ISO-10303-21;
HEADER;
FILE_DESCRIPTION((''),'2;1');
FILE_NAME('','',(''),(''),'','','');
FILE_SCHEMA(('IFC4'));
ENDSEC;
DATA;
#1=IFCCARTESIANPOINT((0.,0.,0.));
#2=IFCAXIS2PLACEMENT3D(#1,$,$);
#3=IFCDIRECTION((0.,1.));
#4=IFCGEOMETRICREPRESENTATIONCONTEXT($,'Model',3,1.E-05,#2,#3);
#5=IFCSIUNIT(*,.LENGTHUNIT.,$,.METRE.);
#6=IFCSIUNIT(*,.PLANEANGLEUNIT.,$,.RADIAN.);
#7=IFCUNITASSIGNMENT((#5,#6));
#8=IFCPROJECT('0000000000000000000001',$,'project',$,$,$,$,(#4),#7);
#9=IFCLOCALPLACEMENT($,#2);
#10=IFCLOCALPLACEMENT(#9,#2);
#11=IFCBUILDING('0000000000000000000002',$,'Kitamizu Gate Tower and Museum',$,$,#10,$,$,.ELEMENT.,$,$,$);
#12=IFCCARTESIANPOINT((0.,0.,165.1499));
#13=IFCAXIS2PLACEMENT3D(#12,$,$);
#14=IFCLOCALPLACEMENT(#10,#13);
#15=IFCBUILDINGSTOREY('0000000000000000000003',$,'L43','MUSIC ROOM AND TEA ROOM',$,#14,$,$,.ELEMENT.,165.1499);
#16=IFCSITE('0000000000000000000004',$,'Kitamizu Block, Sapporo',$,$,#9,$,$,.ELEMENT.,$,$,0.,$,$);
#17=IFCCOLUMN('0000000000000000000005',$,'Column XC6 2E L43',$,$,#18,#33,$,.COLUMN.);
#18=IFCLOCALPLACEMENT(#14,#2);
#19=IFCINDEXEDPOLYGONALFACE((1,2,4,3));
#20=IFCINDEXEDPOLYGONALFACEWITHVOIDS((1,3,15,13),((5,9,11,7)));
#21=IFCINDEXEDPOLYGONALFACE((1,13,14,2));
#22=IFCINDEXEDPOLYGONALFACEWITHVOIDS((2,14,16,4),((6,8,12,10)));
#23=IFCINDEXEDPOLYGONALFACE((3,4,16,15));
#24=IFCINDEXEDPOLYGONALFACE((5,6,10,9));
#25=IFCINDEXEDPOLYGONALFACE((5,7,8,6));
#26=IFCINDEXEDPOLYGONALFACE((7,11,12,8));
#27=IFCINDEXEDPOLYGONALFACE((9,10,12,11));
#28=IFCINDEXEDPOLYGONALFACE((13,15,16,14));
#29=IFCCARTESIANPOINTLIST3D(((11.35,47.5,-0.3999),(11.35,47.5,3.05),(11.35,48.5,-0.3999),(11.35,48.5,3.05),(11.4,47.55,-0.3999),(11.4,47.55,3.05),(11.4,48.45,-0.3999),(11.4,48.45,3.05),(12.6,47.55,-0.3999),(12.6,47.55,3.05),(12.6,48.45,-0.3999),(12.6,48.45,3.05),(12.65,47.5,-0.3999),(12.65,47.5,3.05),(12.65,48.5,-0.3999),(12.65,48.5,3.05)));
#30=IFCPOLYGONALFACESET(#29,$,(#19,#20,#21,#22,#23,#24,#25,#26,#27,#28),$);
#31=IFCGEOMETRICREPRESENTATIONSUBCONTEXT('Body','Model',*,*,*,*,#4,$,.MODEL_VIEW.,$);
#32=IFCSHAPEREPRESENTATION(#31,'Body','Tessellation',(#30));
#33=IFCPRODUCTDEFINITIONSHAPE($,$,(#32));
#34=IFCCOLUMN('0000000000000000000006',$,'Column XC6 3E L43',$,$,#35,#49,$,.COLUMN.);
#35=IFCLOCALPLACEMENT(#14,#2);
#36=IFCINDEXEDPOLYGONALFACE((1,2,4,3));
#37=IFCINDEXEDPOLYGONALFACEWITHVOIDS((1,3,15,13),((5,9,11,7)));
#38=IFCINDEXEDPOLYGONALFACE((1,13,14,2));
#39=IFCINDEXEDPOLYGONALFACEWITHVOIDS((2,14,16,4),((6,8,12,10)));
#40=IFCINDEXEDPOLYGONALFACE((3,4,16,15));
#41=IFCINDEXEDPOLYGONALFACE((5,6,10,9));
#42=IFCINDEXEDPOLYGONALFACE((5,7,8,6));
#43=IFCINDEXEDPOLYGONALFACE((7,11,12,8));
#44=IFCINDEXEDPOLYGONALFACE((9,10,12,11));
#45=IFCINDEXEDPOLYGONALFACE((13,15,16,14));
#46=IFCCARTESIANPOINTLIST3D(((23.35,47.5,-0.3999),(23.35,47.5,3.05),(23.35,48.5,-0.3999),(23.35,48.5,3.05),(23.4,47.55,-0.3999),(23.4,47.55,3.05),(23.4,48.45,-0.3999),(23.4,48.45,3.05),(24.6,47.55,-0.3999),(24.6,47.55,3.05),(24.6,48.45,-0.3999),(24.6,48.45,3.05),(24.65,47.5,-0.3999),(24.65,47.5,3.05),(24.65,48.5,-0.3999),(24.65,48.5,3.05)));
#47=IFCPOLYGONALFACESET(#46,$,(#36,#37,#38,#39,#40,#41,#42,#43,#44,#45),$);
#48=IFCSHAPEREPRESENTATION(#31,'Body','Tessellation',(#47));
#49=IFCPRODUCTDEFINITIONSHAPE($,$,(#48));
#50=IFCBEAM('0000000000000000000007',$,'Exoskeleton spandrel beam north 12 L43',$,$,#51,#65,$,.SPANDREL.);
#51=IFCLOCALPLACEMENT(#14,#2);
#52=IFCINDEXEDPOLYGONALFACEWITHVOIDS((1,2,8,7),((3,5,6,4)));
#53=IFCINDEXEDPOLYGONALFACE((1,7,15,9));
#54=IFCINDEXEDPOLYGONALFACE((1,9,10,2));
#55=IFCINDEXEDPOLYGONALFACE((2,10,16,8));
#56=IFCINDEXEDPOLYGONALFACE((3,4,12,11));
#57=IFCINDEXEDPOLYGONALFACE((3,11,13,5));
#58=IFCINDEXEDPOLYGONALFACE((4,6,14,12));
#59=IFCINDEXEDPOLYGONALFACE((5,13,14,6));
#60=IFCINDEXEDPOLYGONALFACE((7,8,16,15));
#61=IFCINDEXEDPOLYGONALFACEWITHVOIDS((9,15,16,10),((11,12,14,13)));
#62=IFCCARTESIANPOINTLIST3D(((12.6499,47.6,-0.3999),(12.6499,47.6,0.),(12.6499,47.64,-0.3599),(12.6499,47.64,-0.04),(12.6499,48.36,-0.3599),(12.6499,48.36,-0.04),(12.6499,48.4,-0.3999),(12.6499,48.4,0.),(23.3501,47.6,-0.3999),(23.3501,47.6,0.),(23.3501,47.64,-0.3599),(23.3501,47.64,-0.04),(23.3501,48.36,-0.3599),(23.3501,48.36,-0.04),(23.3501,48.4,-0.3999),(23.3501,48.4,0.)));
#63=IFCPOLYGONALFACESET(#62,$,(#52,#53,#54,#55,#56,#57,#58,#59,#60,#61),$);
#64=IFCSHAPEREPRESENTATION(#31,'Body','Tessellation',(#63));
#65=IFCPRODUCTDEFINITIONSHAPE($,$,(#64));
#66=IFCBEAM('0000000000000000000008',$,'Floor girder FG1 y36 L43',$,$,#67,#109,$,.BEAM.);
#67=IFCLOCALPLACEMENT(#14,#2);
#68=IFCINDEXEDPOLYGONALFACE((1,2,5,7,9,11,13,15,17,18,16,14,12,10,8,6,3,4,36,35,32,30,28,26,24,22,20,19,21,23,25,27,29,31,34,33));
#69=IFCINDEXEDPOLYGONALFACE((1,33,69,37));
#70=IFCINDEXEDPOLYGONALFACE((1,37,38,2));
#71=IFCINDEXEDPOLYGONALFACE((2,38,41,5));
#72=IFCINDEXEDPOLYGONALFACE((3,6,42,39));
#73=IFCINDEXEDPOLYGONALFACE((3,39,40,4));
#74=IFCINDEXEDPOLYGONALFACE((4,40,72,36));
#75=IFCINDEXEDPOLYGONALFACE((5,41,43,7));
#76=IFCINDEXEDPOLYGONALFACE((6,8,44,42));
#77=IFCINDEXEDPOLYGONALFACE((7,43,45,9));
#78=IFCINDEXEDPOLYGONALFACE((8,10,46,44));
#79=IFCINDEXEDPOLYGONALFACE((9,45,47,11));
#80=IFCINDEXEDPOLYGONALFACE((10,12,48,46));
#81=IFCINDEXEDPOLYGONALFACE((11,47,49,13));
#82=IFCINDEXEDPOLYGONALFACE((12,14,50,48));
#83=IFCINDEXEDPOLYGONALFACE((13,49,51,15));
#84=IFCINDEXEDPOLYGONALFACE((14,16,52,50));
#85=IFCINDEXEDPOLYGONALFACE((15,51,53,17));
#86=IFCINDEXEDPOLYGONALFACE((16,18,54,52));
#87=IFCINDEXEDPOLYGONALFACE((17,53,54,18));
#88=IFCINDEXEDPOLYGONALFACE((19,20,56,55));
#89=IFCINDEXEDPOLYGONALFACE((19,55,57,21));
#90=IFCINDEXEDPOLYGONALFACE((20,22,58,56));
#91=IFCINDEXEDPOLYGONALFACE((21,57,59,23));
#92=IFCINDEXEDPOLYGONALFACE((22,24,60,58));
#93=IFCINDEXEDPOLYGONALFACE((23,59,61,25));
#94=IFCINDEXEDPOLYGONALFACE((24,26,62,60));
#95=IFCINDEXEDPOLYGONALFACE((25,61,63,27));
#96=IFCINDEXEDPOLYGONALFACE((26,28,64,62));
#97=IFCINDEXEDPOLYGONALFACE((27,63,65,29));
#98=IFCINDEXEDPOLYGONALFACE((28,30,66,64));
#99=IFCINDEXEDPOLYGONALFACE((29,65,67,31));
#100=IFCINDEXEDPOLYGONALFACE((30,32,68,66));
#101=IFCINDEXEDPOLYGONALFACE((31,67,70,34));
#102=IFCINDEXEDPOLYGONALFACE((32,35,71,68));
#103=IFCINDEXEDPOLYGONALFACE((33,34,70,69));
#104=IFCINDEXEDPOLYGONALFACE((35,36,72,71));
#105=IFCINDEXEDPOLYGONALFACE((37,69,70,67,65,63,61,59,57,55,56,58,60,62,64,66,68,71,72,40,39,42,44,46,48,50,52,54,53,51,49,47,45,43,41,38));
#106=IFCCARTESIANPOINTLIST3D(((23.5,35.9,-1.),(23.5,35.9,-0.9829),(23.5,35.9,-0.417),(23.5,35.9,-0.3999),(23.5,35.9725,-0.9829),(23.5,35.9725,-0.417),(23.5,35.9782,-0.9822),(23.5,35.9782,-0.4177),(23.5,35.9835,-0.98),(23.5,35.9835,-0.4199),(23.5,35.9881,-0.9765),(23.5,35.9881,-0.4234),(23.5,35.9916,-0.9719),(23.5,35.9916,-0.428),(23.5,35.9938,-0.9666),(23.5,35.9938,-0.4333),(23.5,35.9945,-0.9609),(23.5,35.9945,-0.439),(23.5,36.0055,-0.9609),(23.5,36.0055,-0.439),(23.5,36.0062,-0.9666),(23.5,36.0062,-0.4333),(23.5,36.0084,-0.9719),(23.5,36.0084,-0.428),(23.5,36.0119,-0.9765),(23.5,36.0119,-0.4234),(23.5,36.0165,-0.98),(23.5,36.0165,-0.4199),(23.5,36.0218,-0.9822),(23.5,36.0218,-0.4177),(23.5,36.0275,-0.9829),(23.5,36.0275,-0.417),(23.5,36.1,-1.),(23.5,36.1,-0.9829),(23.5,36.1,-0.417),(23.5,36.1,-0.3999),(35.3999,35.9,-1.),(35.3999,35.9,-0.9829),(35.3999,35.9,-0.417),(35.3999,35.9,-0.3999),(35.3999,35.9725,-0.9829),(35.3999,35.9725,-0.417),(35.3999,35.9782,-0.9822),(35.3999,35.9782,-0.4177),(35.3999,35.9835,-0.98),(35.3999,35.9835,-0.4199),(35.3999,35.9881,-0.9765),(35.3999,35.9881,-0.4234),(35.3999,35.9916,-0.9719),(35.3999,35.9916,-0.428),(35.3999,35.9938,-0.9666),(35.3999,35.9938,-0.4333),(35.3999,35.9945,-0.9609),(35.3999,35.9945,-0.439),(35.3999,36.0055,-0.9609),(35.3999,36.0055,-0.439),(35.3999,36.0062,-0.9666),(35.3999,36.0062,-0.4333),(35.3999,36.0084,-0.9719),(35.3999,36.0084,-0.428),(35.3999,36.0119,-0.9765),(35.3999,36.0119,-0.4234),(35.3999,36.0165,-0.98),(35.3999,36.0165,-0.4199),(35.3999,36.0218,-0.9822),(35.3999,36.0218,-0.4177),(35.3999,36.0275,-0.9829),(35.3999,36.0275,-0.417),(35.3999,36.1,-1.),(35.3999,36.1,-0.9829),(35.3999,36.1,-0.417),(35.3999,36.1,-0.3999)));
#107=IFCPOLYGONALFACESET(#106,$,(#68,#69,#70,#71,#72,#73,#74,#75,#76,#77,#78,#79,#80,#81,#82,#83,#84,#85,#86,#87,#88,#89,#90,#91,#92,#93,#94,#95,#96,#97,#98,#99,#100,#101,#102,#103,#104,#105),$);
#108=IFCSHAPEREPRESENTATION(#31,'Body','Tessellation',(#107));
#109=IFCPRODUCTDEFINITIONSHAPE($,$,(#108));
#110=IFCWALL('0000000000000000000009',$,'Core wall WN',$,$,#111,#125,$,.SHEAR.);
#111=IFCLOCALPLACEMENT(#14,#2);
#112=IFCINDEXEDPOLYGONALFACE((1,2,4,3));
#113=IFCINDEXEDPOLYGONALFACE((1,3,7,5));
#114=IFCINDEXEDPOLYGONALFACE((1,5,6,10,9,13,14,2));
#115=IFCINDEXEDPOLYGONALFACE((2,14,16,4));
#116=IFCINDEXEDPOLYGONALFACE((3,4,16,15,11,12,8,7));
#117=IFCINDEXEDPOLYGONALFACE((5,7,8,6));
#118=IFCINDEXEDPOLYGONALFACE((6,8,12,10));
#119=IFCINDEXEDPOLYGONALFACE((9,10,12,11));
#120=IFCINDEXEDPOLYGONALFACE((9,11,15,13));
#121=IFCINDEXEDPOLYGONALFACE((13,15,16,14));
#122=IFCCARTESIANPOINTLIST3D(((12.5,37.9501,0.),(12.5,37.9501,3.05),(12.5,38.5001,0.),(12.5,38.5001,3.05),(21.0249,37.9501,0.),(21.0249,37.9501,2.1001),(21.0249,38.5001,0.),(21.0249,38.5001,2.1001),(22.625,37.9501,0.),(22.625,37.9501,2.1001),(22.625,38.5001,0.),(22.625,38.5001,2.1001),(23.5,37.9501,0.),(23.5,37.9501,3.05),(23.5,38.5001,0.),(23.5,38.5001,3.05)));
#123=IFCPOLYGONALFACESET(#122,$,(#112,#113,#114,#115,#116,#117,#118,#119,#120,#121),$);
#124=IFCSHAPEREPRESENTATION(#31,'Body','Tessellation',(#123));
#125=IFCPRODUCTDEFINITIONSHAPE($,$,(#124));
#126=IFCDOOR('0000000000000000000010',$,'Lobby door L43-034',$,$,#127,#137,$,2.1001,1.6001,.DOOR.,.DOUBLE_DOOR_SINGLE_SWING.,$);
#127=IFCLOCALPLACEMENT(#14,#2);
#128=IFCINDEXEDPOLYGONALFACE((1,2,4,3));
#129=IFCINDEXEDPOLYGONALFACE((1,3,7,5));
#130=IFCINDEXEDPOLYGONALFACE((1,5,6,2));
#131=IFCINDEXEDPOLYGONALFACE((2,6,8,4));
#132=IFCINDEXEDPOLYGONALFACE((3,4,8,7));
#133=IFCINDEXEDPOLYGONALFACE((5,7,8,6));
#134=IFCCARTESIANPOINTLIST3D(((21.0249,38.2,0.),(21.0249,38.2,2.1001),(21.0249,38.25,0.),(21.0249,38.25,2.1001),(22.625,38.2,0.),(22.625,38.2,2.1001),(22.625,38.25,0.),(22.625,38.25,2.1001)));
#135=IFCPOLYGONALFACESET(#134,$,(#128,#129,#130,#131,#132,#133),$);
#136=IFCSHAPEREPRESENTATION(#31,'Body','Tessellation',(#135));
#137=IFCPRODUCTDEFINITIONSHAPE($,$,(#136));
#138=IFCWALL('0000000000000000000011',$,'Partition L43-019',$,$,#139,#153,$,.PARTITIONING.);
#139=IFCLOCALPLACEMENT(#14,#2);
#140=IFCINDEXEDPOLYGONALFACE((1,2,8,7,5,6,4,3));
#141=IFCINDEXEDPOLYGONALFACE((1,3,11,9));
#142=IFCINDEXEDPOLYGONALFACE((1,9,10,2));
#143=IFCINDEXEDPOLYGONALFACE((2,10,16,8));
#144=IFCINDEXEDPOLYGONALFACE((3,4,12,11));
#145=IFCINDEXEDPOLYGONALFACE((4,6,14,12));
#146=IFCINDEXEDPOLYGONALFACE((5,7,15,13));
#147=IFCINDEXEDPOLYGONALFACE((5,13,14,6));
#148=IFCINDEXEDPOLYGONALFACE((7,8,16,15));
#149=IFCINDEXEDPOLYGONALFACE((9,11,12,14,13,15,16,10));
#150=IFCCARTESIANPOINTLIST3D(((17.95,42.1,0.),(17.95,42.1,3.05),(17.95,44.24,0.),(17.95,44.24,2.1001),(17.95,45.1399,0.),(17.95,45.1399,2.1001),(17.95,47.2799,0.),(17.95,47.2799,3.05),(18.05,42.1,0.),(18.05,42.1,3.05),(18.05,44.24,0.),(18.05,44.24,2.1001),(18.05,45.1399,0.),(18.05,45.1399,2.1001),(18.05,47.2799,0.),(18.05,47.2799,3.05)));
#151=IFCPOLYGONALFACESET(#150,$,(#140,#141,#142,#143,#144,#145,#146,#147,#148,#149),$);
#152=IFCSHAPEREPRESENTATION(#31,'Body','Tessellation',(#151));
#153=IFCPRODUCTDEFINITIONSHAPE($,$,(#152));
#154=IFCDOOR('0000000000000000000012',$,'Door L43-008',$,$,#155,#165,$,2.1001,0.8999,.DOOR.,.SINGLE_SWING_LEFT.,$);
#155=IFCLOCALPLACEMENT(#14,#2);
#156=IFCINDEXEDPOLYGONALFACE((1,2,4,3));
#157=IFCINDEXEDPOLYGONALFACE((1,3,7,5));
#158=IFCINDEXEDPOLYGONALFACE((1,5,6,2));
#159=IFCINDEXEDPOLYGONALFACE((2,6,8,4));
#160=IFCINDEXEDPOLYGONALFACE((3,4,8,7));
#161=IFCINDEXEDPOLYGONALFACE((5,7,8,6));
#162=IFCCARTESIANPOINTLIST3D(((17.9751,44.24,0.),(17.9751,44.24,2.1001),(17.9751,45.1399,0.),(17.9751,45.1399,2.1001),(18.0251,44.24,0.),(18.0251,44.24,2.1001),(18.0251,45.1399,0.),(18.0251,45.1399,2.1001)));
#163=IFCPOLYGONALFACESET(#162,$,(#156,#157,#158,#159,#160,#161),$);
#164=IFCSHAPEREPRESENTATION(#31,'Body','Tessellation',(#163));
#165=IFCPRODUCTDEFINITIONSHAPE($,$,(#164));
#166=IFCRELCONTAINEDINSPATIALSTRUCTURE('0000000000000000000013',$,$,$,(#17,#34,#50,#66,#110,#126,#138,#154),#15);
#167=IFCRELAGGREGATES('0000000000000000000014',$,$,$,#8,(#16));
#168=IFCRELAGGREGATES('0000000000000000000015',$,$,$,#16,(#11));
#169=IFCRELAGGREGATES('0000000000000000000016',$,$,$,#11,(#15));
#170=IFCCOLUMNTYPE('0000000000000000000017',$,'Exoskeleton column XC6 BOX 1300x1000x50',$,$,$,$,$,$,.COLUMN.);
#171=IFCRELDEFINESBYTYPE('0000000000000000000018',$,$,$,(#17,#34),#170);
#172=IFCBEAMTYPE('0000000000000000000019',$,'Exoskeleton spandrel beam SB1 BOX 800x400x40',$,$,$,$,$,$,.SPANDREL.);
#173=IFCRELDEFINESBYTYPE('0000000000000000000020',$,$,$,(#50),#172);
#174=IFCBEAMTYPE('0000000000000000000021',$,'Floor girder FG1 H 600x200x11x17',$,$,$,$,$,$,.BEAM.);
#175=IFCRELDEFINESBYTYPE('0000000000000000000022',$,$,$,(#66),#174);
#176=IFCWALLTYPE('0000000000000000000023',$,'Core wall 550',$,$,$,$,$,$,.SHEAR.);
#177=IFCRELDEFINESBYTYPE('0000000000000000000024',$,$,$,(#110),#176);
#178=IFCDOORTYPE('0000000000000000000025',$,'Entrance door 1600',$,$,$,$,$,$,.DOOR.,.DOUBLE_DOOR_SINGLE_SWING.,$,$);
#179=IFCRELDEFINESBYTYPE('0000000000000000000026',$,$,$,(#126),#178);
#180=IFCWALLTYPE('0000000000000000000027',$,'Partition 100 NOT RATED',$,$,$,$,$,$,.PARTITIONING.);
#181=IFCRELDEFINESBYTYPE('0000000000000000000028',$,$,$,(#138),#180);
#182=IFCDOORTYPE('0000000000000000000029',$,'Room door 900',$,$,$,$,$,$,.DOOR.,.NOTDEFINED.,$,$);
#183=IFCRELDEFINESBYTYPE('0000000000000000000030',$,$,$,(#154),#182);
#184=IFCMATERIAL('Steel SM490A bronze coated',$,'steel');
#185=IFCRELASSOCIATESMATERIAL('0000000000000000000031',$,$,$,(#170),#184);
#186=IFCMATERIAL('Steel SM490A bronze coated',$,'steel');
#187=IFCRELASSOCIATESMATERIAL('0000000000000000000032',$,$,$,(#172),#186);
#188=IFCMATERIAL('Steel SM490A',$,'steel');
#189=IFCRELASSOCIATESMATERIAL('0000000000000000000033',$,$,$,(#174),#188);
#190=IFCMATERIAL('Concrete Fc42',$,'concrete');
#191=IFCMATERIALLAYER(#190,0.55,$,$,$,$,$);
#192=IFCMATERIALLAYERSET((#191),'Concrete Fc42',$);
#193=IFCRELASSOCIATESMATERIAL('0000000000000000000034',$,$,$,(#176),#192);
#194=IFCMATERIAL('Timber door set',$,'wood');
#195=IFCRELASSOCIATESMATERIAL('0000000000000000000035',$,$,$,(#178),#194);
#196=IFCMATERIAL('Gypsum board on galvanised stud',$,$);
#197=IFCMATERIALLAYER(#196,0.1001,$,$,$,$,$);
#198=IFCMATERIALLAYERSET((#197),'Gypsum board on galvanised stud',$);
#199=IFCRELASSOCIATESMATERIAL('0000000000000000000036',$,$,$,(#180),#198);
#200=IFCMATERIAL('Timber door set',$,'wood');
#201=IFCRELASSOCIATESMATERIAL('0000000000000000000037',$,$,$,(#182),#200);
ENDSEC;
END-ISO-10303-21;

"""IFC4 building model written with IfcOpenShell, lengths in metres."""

from ifc_helpers import new_model, si_unit, direction, frame, frame_2d, origin, origin_2d, place, context, subcontext, project, spatial, rectangle, hollow_rectangle, i_section, extrude, material, layer, layer_set, material_profile, profile_set, type_object, element, fill, save


model = new_model("IFC4")

# Units and contexts
model_context = context("Model", 3, precision=1e-05, world=origin(), true_north=direction((0.0, 1.0)))
body_context = subcontext(model_context, "Body", "Model", "MODEL_VIEW")
ifc_project = project(units=[si_unit("LENGTHUNIT", "METRE"), si_unit("PLANEANGLEUNIT", "RADIAN")], contexts=[model_context])

# Site, building, storey
site_placement = place(None, origin())
site = spatial("IfcSite", under=ifc_project, at=site_placement, Name="Kitamizu Block, Sapporo", CompositionType="ELEMENT", RefElevation=0.0)
building_placement = place(site_placement, origin())
building = spatial("IfcBuilding", under=site, at=building_placement, Name="Kitamizu Gate Tower and Museum", CompositionType="ELEMENT")
storey_placement = place(building_placement, frame((0.0, 0.0, 165.1499)))
storey = spatial("IfcBuildingStorey", under=building, at=storey_placement, Name="L43", Description="MUSIC ROOM AND TEA ROOM", CompositionType="ELEMENT", Elevation=165.1499)

# Columns
ifc_material_1 = material(Name="Steel SM490A bronze coated", Category="steel")
ifc_material_profile_1 = material_profile(ifc_material_1, hollow_rectangle(XDim=1.3, YDim=1.0, WallThickness=0.05, at=origin_2d()), Name="BOX 1300x1000x50")
ifc_profile_set_1 = profile_set([ifc_material_profile_1], Name="Steel SM490A bronze coated")
column_type = type_object("IfcColumnType", Name="Exoskeleton column XC6 BOX 1300x1000x50", PredefinedType="COLUMN", material=ifc_profile_set_1)
for number, where, z_axis, x_axis, name in (
    (1, (12.0, 48.0, -0.3999), (0.0, 0.0, 1.0), (1.0, 0.0, 0.0), "Column XC6 2E L43"),
    (2, (24.0, 48.0, -0.3999), (0.0, 0.0, 1.0), (1.0, 0.0, 0.0), "Column XC6 3E L43"),
):
    element("IfcColumn", number, at=place(storey_placement, frame(where, z_axis=z_axis, x_axis=x_axis)), inside=storey, type_object=column_type, Name=name, PredefinedType="COLUMN", context=body_context, shape_type="SweptSolid", body=[
        extrude(hollow_rectangle(XDim=1.3, YDim=1.0, WallThickness=0.05, at=origin_2d()), origin(), (0.0, 0.0, 1.0), 3.45),
    ])

# Beams
ifc_material_2 = material(Name="Steel SM490A bronze coated", Category="steel")
ifc_material_profile_2 = material_profile(ifc_material_2, hollow_rectangle(XDim=0.8, YDim=0.3999, WallThickness=0.04, at=origin_2d()), Name="BOX 800x400x40")
ifc_profile_set_2 = profile_set([ifc_material_profile_2], Name="Steel SM490A bronze coated")
beam_type_1 = type_object("IfcBeamType", Name="Exoskeleton spandrel beam SB1 BOX 800x400x40", PredefinedType="SPANDREL", material=ifc_profile_set_2)
beam_1_placement = place(storey_placement, frame((12.6499, 48.0, -0.2), z_axis=(1.0, 0.0, 0.0), x_axis=(0.0, 1.0, 0.0)))
element("IfcBeam", 3, at=beam_1_placement, inside=storey, type_object=beam_type_1, Name="Exoskeleton spandrel beam north 12 L43", PredefinedType="SPANDREL", context=body_context, shape_type="SweptSolid", body=[
    extrude(hollow_rectangle(XDim=0.8, YDim=0.3999, WallThickness=0.04, at=origin_2d()), origin(), (0.0, 0.0, 1.0), 10.7002),
])
ifc_material_3 = material(Name="Steel SM490A", Category="steel")
ifc_material_profile_3 = material_profile(ifc_material_3, i_section(OverallWidth=0.2, OverallDepth=0.6001, WebThickness=0.011, FlangeThickness=0.0171, FilletRadius=0.022, at=origin_2d()), Name="H-600x200x11x17")
ifc_profile_set_3 = profile_set([ifc_material_profile_3], Name="Steel SM490A")
beam_type_2 = type_object("IfcBeamType", Name="Floor girder FG1 H 600x200x11x17", PredefinedType="BEAM", material=ifc_profile_set_3)
beam_2_placement = place(storey_placement, frame((23.5, 36.0, -0.7), z_axis=(1.0, 0.0, 0.0), x_axis=(0.0, 1.0, 0.0)))
element("IfcBeam", 4, at=beam_2_placement, inside=storey, type_object=beam_type_2, Name="Floor girder FG1 y36 L43", PredefinedType="BEAM", context=body_context, shape_type="SweptSolid", body=[
    extrude(i_section(OverallWidth=0.2, OverallDepth=0.6001, WebThickness=0.011, FlangeThickness=0.0171, FilletRadius=0.022, at=origin_2d()), origin(), (0.0, 0.0, 1.0), 11.8999),
])

# Walls, openings, doors
ifc_material_4 = material(Name="Concrete Fc42", Category="concrete")
ifc_layer_1 = layer(ifc_material_4, 0.55)
ifc_layer_set_1 = layer_set([ifc_layer_1], Name="Concrete Fc42")
wall_type_1 = type_object("IfcWallType", Name="Core wall 550", PredefinedType="SHEAR", material=ifc_layer_set_1)
wall_1_placement = place(storey_placement, frame((12.5, 38.2251, 0.0), z_axis=(0.0, 0.0, 1.0), x_axis=(1.0, 0.0, 0.0)))
wall_1 = element("IfcWall", 5, at=wall_1_placement, inside=storey, type_object=wall_type_1, Name="Core wall WN", PredefinedType="SHEAR", context=body_context, shape_type="SweptSolid", body=[
    extrude(rectangle(XDim=11.0, YDim=0.55, at=frame_2d((5.5, 0.0))), origin(), (0.0, 0.0, 1.0), 3.05),
])
opening_1_placement = place(wall_1_placement, frame((8.5249, 0.0, 0.0)))
opening_1 = element("IfcOpeningElement", 6, at=opening_1_placement, cuts=wall_1, PredefinedType="OPENING", context=body_context, shape_type="SweptSolid", body=[
    extrude(rectangle(XDim=1.6001, YDim=2.1001, at=frame_2d((0.8, 1.05))), frame((0.0, 0.2852, 0.0), z_axis=(0.0, -1.0, 0.0), x_axis=(1.0, 0.0, 0.0)), (0.0, 0.0, 1.0), 0.5701),
])
ifc_material_5 = material(Name="Timber door set", Category="wood")
door_type_1 = type_object("IfcDoorType", Name="Entrance door 1600", OperationType="DOUBLE_DOOR_SINGLE_SWING", PredefinedType="DOOR", material=ifc_material_5)
door_1_placement = place(opening_1_placement, origin())
door_1 = element("IfcDoor", 7, at=door_1_placement, inside=storey, type_object=door_type_1, Name="Lobby door L43-034", OperationType="DOUBLE_DOOR_SINGLE_SWING", OverallHeight=2.1001, OverallWidth=1.6001, PredefinedType="DOOR", context=body_context, shape_type="SweptSolid", body=[
    extrude(rectangle(XDim=1.6001, YDim=2.1001, at=frame_2d((0.8, 1.05))), frame((0.0, 0.0249, 0.0), z_axis=(0.0, -1.0, 0.0), x_axis=(1.0, 0.0, 0.0)), (0.0, 0.0, 1.0), 0.05),
])
fill(opening_1, door_1)
ifc_material_6 = material(Name="Gypsum board on galvanised stud")
ifc_layer_2 = layer(ifc_material_6, 0.1001)
ifc_layer_set_2 = layer_set([ifc_layer_2], Name="Gypsum board on galvanised stud")
wall_type_2 = type_object("IfcWallType", Name="Partition 100 NOT RATED", PredefinedType="PARTITIONING", material=ifc_layer_set_2)
wall_2_placement = place(storey_placement, frame((18.0, 42.1001, 0.0), z_axis=(0.0, 0.0, 1.0), x_axis=(0.0, 1.0, 0.0)))
wall_2 = element("IfcWall", 8, at=wall_2_placement, inside=storey, type_object=wall_type_2, Name="Partition L43-019", PredefinedType="PARTITIONING", context=body_context, shape_type="SweptSolid", body=[
    extrude(rectangle(XDim=5.1799, YDim=0.1001, at=frame_2d((2.5898, 0.0))), origin(), (0.0, 0.0, 1.0), 3.05),
])
opening_2_placement = place(wall_2_placement, frame((2.1399, 0.0, 0.0)))
opening_2 = element("IfcOpeningElement", 9, at=opening_2_placement, cuts=wall_2, PredefinedType="OPENING", context=body_context, shape_type="SweptSolid", body=[
    extrude(rectangle(XDim=0.8999, YDim=2.1001, at=frame_2d((0.45, 1.05))), frame((0.0, 0.0601, 0.0), z_axis=(0.0, -1.0, 0.0), x_axis=(1.0, 0.0, 0.0)), (0.0, 0.0, 1.0), 0.1201),
])
ifc_material_7 = material(Name="Timber door set", Category="wood")
door_type_2 = type_object("IfcDoorType", Name="Room door 900", OperationType="NOTDEFINED", PredefinedType="DOOR", material=ifc_material_7)
door_2_placement = place(opening_2_placement, origin())
door_2 = element("IfcDoor", 10, at=door_2_placement, inside=storey, type_object=door_type_2, Name="Door L43-008", OperationType="SINGLE_SWING_LEFT", OverallHeight=2.1001, OverallWidth=0.8999, PredefinedType="DOOR", context=body_context, shape_type="SweptSolid", body=[
    extrude(rectangle(XDim=0.8999, YDim=2.1001, at=frame_2d((0.45, 1.05))), frame((0.0, 0.0249, 0.0), z_axis=(0.0, -1.0, 0.0), x_axis=(1.0, 0.0, 0.0)), (0.0, 0.0, 1.0), 0.05),
])
fill(opening_2, door_2)

save(model, "model.ifc")
